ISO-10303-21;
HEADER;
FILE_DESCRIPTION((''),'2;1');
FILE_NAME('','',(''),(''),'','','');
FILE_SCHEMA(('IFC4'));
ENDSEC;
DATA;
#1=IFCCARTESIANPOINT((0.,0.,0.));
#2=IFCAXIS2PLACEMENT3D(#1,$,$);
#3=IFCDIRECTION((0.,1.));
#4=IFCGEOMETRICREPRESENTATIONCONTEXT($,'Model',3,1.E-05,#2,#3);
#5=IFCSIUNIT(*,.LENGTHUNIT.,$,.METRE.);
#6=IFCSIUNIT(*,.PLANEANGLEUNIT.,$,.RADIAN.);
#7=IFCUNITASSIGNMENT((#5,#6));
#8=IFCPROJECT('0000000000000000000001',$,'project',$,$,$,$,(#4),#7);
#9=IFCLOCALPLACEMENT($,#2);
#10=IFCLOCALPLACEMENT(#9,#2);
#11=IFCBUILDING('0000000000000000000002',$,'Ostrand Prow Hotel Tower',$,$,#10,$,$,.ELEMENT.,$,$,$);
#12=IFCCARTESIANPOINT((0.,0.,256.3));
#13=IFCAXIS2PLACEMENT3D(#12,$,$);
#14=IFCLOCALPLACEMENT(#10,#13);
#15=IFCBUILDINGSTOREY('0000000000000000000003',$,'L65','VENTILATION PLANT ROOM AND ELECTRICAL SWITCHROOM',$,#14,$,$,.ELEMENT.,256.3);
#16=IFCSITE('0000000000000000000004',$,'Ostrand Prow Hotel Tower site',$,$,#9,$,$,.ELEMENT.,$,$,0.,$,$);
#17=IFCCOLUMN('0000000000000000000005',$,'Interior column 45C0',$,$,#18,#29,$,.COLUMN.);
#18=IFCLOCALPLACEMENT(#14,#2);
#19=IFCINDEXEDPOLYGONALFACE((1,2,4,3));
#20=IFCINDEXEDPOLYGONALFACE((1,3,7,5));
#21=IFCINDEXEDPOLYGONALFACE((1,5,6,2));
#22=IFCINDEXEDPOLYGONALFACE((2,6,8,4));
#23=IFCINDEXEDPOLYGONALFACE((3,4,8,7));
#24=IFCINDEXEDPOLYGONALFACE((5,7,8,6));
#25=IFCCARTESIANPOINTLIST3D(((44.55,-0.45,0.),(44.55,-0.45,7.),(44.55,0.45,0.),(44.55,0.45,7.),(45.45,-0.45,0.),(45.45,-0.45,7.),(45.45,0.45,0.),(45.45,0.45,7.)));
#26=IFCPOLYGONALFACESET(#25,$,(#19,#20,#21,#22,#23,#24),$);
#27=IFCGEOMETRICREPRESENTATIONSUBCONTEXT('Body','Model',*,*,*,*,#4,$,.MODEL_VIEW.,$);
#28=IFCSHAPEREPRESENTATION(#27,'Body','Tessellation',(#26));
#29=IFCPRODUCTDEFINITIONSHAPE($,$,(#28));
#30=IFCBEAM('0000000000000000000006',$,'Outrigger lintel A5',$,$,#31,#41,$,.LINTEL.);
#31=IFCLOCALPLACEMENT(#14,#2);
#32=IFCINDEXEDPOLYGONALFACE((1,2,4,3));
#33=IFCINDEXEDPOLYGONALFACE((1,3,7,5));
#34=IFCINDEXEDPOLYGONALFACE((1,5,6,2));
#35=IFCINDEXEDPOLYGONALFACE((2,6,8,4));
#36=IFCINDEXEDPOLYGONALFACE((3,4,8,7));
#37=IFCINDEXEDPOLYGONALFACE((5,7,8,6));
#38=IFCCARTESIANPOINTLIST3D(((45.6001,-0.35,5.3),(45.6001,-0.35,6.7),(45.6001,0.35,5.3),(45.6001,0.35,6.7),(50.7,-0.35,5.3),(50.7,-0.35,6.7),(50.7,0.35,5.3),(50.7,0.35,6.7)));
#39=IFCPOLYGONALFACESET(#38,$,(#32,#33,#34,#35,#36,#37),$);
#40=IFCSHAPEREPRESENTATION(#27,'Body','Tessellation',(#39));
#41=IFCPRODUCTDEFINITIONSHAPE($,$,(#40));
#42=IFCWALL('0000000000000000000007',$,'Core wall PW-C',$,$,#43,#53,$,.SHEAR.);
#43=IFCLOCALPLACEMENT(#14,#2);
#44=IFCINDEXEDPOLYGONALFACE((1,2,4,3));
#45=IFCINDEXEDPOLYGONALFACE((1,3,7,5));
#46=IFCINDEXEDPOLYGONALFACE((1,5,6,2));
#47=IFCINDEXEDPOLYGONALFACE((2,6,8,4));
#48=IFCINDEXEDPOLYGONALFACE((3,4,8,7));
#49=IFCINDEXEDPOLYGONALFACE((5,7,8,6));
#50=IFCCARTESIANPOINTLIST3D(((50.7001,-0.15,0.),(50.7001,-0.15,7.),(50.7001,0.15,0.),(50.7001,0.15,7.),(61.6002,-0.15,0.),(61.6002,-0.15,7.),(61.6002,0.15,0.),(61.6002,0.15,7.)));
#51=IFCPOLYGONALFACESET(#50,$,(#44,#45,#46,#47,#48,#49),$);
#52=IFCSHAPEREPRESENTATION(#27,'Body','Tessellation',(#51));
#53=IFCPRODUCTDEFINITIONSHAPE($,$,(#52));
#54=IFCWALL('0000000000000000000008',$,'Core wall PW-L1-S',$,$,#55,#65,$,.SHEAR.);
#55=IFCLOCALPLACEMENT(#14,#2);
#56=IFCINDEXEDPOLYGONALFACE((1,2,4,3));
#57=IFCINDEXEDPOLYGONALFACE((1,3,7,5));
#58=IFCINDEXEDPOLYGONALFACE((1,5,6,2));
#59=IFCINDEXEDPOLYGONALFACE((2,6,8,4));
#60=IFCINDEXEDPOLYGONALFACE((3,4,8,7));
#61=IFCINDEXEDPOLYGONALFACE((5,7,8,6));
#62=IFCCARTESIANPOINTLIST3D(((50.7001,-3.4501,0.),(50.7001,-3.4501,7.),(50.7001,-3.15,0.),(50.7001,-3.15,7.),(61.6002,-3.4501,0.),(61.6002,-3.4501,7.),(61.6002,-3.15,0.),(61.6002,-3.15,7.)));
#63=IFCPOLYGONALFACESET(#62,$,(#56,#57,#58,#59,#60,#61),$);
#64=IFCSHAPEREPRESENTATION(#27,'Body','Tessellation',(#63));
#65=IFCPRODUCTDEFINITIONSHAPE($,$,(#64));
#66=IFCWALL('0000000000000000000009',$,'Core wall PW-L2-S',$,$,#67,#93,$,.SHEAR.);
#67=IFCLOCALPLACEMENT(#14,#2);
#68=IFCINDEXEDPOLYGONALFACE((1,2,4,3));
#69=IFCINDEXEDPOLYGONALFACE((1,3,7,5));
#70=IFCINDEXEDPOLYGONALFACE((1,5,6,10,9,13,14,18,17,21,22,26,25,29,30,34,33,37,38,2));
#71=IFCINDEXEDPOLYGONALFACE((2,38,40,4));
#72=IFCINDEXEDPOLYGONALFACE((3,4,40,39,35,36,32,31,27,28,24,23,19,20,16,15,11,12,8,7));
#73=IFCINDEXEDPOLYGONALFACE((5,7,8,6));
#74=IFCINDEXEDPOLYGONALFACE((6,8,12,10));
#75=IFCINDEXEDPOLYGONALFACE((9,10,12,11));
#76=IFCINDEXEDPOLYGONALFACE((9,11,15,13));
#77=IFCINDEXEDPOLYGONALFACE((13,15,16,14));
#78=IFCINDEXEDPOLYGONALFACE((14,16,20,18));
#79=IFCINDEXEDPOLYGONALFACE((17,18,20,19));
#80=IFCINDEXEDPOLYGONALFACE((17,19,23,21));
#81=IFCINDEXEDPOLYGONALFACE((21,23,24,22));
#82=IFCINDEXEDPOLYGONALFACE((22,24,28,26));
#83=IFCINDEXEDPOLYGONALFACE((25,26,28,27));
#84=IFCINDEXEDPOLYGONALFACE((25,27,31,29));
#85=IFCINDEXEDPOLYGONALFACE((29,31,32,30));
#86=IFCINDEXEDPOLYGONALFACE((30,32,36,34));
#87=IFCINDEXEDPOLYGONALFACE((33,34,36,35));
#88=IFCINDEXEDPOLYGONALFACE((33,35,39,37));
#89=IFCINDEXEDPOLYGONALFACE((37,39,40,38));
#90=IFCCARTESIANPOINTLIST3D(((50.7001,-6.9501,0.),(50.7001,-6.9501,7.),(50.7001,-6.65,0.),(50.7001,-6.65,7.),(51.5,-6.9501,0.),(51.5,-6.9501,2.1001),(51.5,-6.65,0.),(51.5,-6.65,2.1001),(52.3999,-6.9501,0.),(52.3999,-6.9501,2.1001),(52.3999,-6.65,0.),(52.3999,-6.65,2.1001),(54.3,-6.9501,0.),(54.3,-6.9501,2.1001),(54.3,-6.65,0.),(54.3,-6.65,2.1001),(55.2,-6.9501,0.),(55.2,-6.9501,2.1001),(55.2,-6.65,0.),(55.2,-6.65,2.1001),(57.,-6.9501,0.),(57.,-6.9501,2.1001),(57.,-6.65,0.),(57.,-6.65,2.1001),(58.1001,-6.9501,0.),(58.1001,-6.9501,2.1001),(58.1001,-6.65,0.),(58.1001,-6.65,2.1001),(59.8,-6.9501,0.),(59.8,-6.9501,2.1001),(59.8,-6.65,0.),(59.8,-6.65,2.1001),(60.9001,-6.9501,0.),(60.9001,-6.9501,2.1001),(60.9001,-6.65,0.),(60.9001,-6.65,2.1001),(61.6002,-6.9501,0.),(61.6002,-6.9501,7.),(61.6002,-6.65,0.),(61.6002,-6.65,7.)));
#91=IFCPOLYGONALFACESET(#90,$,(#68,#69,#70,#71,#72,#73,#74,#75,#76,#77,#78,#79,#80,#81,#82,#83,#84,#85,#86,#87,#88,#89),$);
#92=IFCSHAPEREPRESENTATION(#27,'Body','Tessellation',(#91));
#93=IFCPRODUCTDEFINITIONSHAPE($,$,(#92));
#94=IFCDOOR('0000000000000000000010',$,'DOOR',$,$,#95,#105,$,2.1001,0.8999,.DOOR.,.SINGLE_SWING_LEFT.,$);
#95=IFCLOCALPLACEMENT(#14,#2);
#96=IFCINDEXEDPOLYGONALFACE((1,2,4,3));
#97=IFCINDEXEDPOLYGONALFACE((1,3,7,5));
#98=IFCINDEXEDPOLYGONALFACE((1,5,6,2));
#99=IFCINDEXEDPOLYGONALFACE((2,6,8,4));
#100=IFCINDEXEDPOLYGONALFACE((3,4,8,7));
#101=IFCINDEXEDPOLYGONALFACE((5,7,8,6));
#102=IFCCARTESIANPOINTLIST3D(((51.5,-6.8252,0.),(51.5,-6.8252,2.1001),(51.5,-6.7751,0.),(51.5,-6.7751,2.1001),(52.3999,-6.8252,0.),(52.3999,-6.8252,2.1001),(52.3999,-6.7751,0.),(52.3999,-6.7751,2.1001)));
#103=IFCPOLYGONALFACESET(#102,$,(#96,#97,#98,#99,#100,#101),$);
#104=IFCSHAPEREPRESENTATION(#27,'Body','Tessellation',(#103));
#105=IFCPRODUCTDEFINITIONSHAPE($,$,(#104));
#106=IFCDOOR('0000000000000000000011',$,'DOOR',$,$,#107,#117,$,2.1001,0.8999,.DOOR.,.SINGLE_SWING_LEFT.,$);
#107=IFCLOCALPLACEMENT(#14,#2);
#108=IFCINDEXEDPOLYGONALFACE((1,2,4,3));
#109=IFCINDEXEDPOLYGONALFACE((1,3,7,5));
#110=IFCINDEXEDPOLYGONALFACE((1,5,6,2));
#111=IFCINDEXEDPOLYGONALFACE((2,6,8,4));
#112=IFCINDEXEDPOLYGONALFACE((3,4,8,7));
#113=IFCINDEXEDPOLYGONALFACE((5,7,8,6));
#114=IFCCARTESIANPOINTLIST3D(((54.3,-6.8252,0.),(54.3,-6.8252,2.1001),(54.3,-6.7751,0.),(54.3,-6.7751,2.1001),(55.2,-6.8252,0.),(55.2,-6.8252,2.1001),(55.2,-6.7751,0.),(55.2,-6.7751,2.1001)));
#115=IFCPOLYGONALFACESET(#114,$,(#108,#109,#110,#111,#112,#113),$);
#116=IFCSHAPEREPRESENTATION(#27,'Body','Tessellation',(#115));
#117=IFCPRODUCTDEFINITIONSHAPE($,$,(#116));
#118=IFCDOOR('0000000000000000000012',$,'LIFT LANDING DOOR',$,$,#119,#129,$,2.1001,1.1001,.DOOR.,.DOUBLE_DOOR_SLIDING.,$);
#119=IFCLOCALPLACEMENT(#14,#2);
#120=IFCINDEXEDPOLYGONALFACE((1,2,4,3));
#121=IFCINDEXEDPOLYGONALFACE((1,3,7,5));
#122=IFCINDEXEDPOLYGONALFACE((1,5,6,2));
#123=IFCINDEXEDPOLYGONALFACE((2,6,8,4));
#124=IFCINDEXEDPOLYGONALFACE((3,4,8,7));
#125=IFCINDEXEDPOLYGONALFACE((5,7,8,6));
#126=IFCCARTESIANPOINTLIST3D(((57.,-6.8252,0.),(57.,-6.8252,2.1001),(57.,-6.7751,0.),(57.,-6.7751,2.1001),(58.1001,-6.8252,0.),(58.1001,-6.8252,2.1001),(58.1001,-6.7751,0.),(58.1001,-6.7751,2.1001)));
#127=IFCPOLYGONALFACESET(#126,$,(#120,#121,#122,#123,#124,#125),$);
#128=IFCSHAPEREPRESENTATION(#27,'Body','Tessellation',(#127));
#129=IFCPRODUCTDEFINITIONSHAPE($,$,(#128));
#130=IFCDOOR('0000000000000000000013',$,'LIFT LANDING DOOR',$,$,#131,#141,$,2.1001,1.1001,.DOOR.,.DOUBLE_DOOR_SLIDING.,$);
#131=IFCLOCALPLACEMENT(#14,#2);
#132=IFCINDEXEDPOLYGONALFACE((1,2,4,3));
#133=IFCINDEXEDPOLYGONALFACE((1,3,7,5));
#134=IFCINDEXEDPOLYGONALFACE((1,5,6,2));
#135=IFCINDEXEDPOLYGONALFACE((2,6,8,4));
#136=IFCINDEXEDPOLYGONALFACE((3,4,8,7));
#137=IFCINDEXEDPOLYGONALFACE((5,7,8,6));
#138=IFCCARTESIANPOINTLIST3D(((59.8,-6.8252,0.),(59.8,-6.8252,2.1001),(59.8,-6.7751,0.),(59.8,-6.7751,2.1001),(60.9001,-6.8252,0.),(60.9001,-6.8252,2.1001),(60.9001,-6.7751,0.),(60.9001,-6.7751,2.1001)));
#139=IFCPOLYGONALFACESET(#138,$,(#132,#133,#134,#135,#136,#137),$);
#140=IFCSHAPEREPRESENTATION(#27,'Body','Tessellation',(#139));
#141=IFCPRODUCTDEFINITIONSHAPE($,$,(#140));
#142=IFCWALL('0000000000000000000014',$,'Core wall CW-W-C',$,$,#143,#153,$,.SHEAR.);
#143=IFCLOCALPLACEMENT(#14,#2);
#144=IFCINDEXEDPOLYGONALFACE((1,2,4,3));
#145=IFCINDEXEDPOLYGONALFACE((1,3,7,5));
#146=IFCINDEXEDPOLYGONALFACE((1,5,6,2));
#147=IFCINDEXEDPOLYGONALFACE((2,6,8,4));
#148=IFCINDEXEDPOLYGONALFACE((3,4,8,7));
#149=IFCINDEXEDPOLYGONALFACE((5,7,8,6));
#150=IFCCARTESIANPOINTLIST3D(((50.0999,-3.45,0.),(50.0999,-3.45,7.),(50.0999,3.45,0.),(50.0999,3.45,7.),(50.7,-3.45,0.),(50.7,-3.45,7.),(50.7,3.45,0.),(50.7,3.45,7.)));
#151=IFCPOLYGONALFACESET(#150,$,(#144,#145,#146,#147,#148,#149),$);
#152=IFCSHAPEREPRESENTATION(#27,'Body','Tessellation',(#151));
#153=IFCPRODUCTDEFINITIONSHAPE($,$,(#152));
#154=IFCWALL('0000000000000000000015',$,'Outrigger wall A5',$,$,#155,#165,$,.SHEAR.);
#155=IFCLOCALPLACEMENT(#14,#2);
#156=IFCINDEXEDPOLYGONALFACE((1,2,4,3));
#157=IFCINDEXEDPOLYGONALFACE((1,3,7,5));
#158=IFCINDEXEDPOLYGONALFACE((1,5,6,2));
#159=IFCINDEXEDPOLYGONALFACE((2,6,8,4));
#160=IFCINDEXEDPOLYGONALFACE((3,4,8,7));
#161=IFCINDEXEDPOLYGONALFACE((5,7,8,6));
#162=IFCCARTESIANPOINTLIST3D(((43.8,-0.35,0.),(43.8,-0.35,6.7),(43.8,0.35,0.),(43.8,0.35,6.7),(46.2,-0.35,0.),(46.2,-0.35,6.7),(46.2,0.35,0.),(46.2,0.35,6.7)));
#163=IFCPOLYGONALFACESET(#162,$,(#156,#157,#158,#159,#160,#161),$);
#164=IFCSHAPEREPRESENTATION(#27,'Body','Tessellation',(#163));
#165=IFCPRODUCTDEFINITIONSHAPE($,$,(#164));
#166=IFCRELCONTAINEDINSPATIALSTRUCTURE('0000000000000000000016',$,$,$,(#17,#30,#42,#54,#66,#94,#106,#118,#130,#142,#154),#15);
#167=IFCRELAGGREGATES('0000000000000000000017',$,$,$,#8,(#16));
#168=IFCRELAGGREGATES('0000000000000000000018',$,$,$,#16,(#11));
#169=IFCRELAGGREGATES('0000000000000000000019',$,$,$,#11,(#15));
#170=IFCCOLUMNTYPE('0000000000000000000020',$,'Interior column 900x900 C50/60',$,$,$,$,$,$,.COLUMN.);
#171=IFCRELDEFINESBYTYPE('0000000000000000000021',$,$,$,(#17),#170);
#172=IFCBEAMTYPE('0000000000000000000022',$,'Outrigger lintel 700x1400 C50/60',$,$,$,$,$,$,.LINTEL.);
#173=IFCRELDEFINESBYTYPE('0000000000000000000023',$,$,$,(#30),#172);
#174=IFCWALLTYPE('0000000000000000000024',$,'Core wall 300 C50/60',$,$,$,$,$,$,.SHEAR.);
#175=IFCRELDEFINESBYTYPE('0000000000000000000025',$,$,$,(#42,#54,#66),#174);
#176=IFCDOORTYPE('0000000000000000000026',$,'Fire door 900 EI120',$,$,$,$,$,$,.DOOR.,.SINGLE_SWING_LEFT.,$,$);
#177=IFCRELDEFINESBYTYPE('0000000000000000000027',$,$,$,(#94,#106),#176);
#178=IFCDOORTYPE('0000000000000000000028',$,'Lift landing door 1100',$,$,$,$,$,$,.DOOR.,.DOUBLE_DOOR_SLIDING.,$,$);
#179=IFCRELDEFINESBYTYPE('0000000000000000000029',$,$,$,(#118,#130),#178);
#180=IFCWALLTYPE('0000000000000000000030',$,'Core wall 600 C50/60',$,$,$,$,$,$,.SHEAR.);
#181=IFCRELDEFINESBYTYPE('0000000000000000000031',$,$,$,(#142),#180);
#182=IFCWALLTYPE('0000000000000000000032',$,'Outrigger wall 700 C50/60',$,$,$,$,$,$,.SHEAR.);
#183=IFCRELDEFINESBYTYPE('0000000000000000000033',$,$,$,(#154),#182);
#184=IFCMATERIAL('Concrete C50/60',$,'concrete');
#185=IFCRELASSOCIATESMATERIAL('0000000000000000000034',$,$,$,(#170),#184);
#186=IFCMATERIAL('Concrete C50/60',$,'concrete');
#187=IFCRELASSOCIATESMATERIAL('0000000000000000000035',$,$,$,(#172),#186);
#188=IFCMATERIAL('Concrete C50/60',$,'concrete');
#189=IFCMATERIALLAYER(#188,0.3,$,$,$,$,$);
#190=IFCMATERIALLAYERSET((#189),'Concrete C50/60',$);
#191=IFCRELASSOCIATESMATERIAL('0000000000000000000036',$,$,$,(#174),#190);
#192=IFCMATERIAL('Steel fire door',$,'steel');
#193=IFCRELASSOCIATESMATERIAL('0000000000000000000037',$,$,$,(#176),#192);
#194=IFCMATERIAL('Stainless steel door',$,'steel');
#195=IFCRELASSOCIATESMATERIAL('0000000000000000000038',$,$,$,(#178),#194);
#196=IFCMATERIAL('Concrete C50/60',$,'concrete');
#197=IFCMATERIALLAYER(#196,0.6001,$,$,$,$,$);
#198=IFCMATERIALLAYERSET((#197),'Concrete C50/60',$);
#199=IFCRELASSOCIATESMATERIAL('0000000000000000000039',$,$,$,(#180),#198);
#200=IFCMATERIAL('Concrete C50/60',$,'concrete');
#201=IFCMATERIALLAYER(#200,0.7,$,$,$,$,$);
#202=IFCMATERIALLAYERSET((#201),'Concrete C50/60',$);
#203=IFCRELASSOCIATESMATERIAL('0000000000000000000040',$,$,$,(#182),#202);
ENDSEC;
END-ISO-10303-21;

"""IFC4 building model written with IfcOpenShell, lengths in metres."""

from ifc_helpers import new_model, si_unit, direction, frame, frame_2d, origin, origin_2d, place, context, subcontext, project, spatial, rectangle, extrude, material, layer, layer_set, material_profile, profile_set, type_object, element, fill, save


model = new_model("IFC4")

# Units and contexts
model_context = context("Model", 3, precision=1e-05, world=origin(), true_north=direction((0.0, 1.0)))
body_context = subcontext(model_context, "Body", "Model", "MODEL_VIEW")
ifc_project = project(units=[si_unit("LENGTHUNIT", "METRE"), si_unit("PLANEANGLEUNIT", "RADIAN")], contexts=[model_context])

# Site, building, storey
site_placement = place(None, origin())
site = spatial("IfcSite", under=ifc_project, at=site_placement, Name="Ostrand Prow Hotel Tower site", CompositionType="ELEMENT", RefElevation=0.0)
building_placement = place(site_placement, origin())
building = spatial("IfcBuilding", under=site, at=building_placement, Name="Ostrand Prow Hotel Tower", CompositionType="ELEMENT")
storey_placement = place(building_placement, frame((0.0, 0.0, 256.3)))
storey = spatial("IfcBuildingStorey", under=building, at=storey_placement, Name="L65", Description="VENTILATION PLANT ROOM AND ELECTRICAL SWITCHROOM", CompositionType="ELEMENT", Elevation=256.3)

# Column
ifc_material_1 = material(Name="Concrete C50/60", Category="concrete")
ifc_material_profile_1 = material_profile(ifc_material_1, rectangle(XDim=0.8999, YDim=0.8999, at=origin_2d()), Name="RC 900x900")
ifc_profile_set_1 = profile_set([ifc_material_profile_1], Name="Concrete C50/60")
column_type = type_object("IfcColumnType", Name="Interior column 900x900 C50/60", PredefinedType="COLUMN", material=ifc_profile_set_1)
column_placement = place(storey_placement, frame((45.0, 0.0, 0.0), z_axis=(0.0, 0.0, 1.0), x_axis=(1.0, 0.0, 0.0)))
element("IfcColumn", 1, at=column_placement, inside=storey, type_object=column_type, Name="Interior column 45C0", PredefinedType="COLUMN", context=body_context, shape_type="SweptSolid", body=[
    extrude(rectangle(XDim=0.8999, YDim=0.8999, at=origin_2d()), origin(), (0.0, 0.0, 1.0), 7.0),
])

# Beam
ifc_material_2 = material(Name="Concrete C50/60", Category="concrete")
ifc_material_profile_2 = material_profile(ifc_material_2, rectangle(XDim=0.7, YDim=1.3999, at=origin_2d()), Name="RC 700x1400")
ifc_profile_set_2 = profile_set([ifc_material_profile_2], Name="Concrete C50/60")
beam_type = type_object("IfcBeamType", Name="Outrigger lintel 700x1400 C50/60", PredefinedType="LINTEL", material=ifc_profile_set_2)
beam_placement = place(storey_placement, frame((45.6001, 0.0, 6.0), z_axis=(1.0, 0.0, 0.0), x_axis=(0.0, 1.0, 0.0)))
element("IfcBeam", 2, at=beam_placement, inside=storey, type_object=beam_type, Name="Outrigger lintel A5", PredefinedType="LINTEL", context=body_context, shape_type="SweptSolid", body=[
    extrude(rectangle(XDim=0.7, YDim=1.3999, at=origin_2d()), origin(), (0.0, 0.0, 1.0), 5.0999),
])

# Walls
ifc_material_3 = material(Name="Concrete C50/60", Category="concrete")
ifc_layer_1 = layer(ifc_material_3, 0.3)
ifc_layer_set_1 = layer_set([ifc_layer_1], Name="Concrete C50/60")
wall_type_1 = type_object("IfcWallType", Name="Core wall 300 C50/60", PredefinedType="SHEAR", material=ifc_layer_set_1)
for number, where, z_axis, x_axis, name in (
    (3, (50.7, 0.0, 0.0), (0.0, 0.0, 1.0), (1.0, 0.0, 0.0), "Core wall PW-C"),
    (4, (50.7, -3.3, 0.0), (0.0, 0.0, 1.0), (1.0, 0.0, 0.0), "Core wall PW-L1-S"),
):
    element("IfcWall", number, at=place(storey_placement, frame(where, z_axis=z_axis, x_axis=x_axis)), inside=storey, type_object=wall_type_1, Name=name, PredefinedType="SHEAR", context=body_context, shape_type="SweptSolid", body=[
        extrude(rectangle(XDim=10.9001, YDim=0.3, at=frame_2d((5.4502, 0.0))), origin(), (0.0, 0.0, 1.0), 7.0),
    ])

# Wall, openings, doors
wall_1_placement = place(storey_placement, frame((50.7, -6.8, 0.0), z_axis=(0.0, 0.0, 1.0), x_axis=(1.0, 0.0, 0.0)))
wall_1 = element("IfcWall", 5, at=wall_1_placement, inside=storey, type_object=wall_type_1, Name="Core wall PW-L2-S", PredefinedType="SHEAR", context=body_context, shape_type="SweptSolid", body=[
    extrude(rectangle(XDim=10.9001, YDim=0.3, at=frame_2d((5.4502, 0.0))), origin(), (0.0, 0.0, 1.0), 7.0),
])
opening_1_placement = place(wall_1_placement, frame((6.3, 0.0, 0.0)))
opening_1 = element("IfcOpeningElement", 6, at=opening_1_placement, cuts=wall_1, PredefinedType="OPENING", context=body_context, shape_type="SweptSolid", body=[
    extrude(rectangle(XDim=1.1001, YDim=2.1001, at=frame_2d((0.55, 1.05))), frame((0.0, 0.1599, 0.0), z_axis=(0.0, -1.0, 0.0), x_axis=(1.0, 0.0, 0.0)), (0.0, 0.0, 1.0), 0.3201),
])
opening_2_placement = place(wall_1_placement, frame((9.1001, 0.0, 0.0)))
opening_2 = element("IfcOpeningElement", 7, at=opening_2_placement, cuts=wall_1, PredefinedType="OPENING", context=body_context, shape_type="SweptSolid", body=[
    extrude(rectangle(XDim=1.1001, YDim=2.1001, at=frame_2d((0.55, 1.05))), frame((0.0, 0.1599, 0.0), z_axis=(0.0, -1.0, 0.0), x_axis=(1.0, 0.0, 0.0)), (0.0, 0.0, 1.0), 0.3201),
])
opening_3_placement = place(wall_1_placement, frame((0.8, 0.0, 0.0)))
opening_3 = element("IfcOpeningElement", 8, at=opening_3_placement, cuts=wall_1, PredefinedType="OPENING", context=body_context, shape_type="SweptSolid", body=[
    extrude(rectangle(XDim=0.8999, YDim=2.1001, at=frame_2d((0.45, 1.05))), frame((0.0, 0.1599, 0.0), z_axis=(0.0, -1.0, 0.0), x_axis=(1.0, 0.0, 0.0)), (0.0, 0.0, 1.0), 0.3201),
])
opening_4_placement = place(wall_1_placement, frame((3.6001, 0.0, 0.0)))
opening_4 = element("IfcOpeningElement", 9, at=opening_4_placement, cuts=wall_1, PredefinedType="OPENING", context=body_context, shape_type="SweptSolid", body=[
    extrude(rectangle(XDim=0.8999, YDim=2.1001, at=frame_2d((0.45, 1.05))), frame((0.0, 0.1599, 0.0), z_axis=(0.0, -1.0, 0.0), x_axis=(1.0, 0.0, 0.0)), (0.0, 0.0, 1.0), 0.3201),
])
ifc_material_4 = material(Name="Steel fire door", Category="steel")
door_type_1 = type_object("IfcDoorType", Name="Fire door 900 EI120", OperationType="SINGLE_SWING_LEFT", PredefinedType="DOOR", material=ifc_material_4)
door_1_placement = place(opening_3_placement, origin())
door_1 = element("IfcDoor", 10, at=door_1_placement, inside=storey, type_object=door_type_1, Name="DOOR", OperationType="SINGLE_SWING_LEFT", OverallHeight=2.1001, OverallWidth=0.8999, PredefinedType="DOOR", context=body_context, shape_type="SweptSolid", body=[
    extrude(rectangle(XDim=0.8999, YDim=2.1001, at=frame_2d((0.45, 1.05))), frame((0.0, 0.0249, 0.0), z_axis=(0.0, -1.0, 0.0), x_axis=(1.0, 0.0, 0.0)), (0.0, 0.0, 1.0), 0.05),
])
fill(opening_3, door_1)
door_2_placement = place(opening_4_placement, origin())
door_2 = element("IfcDoor", 11, at=door_2_placement, inside=storey, type_object=door_type_1, Name="DOOR", OperationType="SINGLE_SWING_LEFT", OverallHeight=2.1001, OverallWidth=0.8999, PredefinedType="DOOR", context=body_context, shape_type="SweptSolid", body=[
    extrude(rectangle(XDim=0.8999, YDim=2.1001, at=frame_2d((0.45, 1.05))), frame((0.0, 0.0249, 0.0), z_axis=(0.0, -1.0, 0.0), x_axis=(1.0, 0.0, 0.0)), (0.0, 0.0, 1.0), 0.05),
])
fill(opening_4, door_2)
ifc_material_5 = material(Name="Stainless steel door", Category="steel")
door_type_2 = type_object("IfcDoorType", Name="Lift landing door 1100", OperationType="DOUBLE_DOOR_SLIDING", PredefinedType="DOOR", material=ifc_material_5)
door_3_placement = place(opening_1_placement, origin())
door_3 = element("IfcDoor", 12, at=door_3_placement, inside=storey, type_object=door_type_2, Name="LIFT LANDING DOOR", OperationType="DOUBLE_DOOR_SLIDING", OverallHeight=2.1001, OverallWidth=1.1001, PredefinedType="DOOR", context=body_context, shape_type="SweptSolid", body=[
    extrude(rectangle(XDim=1.1001, YDim=2.1001, at=frame_2d((0.55, 1.05))), frame((0.0, 0.0249, 0.0), z_axis=(0.0, -1.0, 0.0), x_axis=(1.0, 0.0, 0.0)), (0.0, 0.0, 1.0), 0.05),
])
fill(opening_1, door_3)
door_4_placement = place(opening_2_placement, origin())
door_4 = element("IfcDoor", 13, at=door_4_placement, inside=storey, type_object=door_type_2, Name="LIFT LANDING DOOR", OperationType="DOUBLE_DOOR_SLIDING", OverallHeight=2.1001, OverallWidth=1.1001, PredefinedType="DOOR", context=body_context, shape_type="SweptSolid", body=[
    extrude(rectangle(XDim=1.1001, YDim=2.1001, at=frame_2d((0.55, 1.05))), frame((0.0, 0.0249, 0.0), z_axis=(0.0, -1.0, 0.0), x_axis=(1.0, 0.0, 0.0)), (0.0, 0.0, 1.0), 0.05),
])
fill(opening_2, door_4)

# Walls
ifc_material_6 = material(Name="Concrete C50/60", Category="concrete")
ifc_layer_2 = layer(ifc_material_6, 0.6001)
ifc_layer_set_2 = layer_set([ifc_layer_2], Name="Concrete C50/60")
wall_type_2 = type_object("IfcWallType", Name="Core wall 600 C50/60", PredefinedType="SHEAR", material=ifc_layer_set_2)
wall_2_placement = place(storey_placement, frame((50.3999, -3.45, 0.0), z_axis=(0.0, 0.0, 1.0), x_axis=(0.0, 1.0, 0.0)))
element("IfcWall", 14, at=wall_2_placement, inside=storey, type_object=wall_type_2, Name="Core wall CW-W-C", PredefinedType="SHEAR", context=body_context, shape_type="SweptSolid", body=[
    extrude(rectangle(XDim=6.8999, YDim=0.6001, at=frame_2d((3.45, 0.0))), origin(), (0.0, 0.0, 1.0), 7.0),
])
ifc_material_7 = material(Name="Concrete C50/60", Category="concrete")
ifc_layer_3 = layer(ifc_material_7, 0.7)
ifc_layer_set_3 = layer_set([ifc_layer_3], Name="Concrete C50/60")
wall_type_3 = type_object("IfcWallType", Name="Outrigger wall 700 C50/60", PredefinedType="SHEAR", material=ifc_layer_set_3)
wall_3_placement = place(storey_placement, frame((43.8, 0.0, 0.0), z_axis=(0.0, 0.0, 1.0), x_axis=(1.0, 0.0, 0.0)))
element("IfcWall", 15, at=wall_3_placement, inside=storey, type_object=wall_type_3, Name="Outrigger wall A5", PredefinedType="SHEAR", context=body_context, shape_type="SweptSolid", body=[
    extrude(rectangle(XDim=2.3999, YDim=0.7, at=frame_2d((1.2, 0.0))), origin(), (0.0, 0.0, 1.0), 6.7),
])

save(model, "model.ifc")
